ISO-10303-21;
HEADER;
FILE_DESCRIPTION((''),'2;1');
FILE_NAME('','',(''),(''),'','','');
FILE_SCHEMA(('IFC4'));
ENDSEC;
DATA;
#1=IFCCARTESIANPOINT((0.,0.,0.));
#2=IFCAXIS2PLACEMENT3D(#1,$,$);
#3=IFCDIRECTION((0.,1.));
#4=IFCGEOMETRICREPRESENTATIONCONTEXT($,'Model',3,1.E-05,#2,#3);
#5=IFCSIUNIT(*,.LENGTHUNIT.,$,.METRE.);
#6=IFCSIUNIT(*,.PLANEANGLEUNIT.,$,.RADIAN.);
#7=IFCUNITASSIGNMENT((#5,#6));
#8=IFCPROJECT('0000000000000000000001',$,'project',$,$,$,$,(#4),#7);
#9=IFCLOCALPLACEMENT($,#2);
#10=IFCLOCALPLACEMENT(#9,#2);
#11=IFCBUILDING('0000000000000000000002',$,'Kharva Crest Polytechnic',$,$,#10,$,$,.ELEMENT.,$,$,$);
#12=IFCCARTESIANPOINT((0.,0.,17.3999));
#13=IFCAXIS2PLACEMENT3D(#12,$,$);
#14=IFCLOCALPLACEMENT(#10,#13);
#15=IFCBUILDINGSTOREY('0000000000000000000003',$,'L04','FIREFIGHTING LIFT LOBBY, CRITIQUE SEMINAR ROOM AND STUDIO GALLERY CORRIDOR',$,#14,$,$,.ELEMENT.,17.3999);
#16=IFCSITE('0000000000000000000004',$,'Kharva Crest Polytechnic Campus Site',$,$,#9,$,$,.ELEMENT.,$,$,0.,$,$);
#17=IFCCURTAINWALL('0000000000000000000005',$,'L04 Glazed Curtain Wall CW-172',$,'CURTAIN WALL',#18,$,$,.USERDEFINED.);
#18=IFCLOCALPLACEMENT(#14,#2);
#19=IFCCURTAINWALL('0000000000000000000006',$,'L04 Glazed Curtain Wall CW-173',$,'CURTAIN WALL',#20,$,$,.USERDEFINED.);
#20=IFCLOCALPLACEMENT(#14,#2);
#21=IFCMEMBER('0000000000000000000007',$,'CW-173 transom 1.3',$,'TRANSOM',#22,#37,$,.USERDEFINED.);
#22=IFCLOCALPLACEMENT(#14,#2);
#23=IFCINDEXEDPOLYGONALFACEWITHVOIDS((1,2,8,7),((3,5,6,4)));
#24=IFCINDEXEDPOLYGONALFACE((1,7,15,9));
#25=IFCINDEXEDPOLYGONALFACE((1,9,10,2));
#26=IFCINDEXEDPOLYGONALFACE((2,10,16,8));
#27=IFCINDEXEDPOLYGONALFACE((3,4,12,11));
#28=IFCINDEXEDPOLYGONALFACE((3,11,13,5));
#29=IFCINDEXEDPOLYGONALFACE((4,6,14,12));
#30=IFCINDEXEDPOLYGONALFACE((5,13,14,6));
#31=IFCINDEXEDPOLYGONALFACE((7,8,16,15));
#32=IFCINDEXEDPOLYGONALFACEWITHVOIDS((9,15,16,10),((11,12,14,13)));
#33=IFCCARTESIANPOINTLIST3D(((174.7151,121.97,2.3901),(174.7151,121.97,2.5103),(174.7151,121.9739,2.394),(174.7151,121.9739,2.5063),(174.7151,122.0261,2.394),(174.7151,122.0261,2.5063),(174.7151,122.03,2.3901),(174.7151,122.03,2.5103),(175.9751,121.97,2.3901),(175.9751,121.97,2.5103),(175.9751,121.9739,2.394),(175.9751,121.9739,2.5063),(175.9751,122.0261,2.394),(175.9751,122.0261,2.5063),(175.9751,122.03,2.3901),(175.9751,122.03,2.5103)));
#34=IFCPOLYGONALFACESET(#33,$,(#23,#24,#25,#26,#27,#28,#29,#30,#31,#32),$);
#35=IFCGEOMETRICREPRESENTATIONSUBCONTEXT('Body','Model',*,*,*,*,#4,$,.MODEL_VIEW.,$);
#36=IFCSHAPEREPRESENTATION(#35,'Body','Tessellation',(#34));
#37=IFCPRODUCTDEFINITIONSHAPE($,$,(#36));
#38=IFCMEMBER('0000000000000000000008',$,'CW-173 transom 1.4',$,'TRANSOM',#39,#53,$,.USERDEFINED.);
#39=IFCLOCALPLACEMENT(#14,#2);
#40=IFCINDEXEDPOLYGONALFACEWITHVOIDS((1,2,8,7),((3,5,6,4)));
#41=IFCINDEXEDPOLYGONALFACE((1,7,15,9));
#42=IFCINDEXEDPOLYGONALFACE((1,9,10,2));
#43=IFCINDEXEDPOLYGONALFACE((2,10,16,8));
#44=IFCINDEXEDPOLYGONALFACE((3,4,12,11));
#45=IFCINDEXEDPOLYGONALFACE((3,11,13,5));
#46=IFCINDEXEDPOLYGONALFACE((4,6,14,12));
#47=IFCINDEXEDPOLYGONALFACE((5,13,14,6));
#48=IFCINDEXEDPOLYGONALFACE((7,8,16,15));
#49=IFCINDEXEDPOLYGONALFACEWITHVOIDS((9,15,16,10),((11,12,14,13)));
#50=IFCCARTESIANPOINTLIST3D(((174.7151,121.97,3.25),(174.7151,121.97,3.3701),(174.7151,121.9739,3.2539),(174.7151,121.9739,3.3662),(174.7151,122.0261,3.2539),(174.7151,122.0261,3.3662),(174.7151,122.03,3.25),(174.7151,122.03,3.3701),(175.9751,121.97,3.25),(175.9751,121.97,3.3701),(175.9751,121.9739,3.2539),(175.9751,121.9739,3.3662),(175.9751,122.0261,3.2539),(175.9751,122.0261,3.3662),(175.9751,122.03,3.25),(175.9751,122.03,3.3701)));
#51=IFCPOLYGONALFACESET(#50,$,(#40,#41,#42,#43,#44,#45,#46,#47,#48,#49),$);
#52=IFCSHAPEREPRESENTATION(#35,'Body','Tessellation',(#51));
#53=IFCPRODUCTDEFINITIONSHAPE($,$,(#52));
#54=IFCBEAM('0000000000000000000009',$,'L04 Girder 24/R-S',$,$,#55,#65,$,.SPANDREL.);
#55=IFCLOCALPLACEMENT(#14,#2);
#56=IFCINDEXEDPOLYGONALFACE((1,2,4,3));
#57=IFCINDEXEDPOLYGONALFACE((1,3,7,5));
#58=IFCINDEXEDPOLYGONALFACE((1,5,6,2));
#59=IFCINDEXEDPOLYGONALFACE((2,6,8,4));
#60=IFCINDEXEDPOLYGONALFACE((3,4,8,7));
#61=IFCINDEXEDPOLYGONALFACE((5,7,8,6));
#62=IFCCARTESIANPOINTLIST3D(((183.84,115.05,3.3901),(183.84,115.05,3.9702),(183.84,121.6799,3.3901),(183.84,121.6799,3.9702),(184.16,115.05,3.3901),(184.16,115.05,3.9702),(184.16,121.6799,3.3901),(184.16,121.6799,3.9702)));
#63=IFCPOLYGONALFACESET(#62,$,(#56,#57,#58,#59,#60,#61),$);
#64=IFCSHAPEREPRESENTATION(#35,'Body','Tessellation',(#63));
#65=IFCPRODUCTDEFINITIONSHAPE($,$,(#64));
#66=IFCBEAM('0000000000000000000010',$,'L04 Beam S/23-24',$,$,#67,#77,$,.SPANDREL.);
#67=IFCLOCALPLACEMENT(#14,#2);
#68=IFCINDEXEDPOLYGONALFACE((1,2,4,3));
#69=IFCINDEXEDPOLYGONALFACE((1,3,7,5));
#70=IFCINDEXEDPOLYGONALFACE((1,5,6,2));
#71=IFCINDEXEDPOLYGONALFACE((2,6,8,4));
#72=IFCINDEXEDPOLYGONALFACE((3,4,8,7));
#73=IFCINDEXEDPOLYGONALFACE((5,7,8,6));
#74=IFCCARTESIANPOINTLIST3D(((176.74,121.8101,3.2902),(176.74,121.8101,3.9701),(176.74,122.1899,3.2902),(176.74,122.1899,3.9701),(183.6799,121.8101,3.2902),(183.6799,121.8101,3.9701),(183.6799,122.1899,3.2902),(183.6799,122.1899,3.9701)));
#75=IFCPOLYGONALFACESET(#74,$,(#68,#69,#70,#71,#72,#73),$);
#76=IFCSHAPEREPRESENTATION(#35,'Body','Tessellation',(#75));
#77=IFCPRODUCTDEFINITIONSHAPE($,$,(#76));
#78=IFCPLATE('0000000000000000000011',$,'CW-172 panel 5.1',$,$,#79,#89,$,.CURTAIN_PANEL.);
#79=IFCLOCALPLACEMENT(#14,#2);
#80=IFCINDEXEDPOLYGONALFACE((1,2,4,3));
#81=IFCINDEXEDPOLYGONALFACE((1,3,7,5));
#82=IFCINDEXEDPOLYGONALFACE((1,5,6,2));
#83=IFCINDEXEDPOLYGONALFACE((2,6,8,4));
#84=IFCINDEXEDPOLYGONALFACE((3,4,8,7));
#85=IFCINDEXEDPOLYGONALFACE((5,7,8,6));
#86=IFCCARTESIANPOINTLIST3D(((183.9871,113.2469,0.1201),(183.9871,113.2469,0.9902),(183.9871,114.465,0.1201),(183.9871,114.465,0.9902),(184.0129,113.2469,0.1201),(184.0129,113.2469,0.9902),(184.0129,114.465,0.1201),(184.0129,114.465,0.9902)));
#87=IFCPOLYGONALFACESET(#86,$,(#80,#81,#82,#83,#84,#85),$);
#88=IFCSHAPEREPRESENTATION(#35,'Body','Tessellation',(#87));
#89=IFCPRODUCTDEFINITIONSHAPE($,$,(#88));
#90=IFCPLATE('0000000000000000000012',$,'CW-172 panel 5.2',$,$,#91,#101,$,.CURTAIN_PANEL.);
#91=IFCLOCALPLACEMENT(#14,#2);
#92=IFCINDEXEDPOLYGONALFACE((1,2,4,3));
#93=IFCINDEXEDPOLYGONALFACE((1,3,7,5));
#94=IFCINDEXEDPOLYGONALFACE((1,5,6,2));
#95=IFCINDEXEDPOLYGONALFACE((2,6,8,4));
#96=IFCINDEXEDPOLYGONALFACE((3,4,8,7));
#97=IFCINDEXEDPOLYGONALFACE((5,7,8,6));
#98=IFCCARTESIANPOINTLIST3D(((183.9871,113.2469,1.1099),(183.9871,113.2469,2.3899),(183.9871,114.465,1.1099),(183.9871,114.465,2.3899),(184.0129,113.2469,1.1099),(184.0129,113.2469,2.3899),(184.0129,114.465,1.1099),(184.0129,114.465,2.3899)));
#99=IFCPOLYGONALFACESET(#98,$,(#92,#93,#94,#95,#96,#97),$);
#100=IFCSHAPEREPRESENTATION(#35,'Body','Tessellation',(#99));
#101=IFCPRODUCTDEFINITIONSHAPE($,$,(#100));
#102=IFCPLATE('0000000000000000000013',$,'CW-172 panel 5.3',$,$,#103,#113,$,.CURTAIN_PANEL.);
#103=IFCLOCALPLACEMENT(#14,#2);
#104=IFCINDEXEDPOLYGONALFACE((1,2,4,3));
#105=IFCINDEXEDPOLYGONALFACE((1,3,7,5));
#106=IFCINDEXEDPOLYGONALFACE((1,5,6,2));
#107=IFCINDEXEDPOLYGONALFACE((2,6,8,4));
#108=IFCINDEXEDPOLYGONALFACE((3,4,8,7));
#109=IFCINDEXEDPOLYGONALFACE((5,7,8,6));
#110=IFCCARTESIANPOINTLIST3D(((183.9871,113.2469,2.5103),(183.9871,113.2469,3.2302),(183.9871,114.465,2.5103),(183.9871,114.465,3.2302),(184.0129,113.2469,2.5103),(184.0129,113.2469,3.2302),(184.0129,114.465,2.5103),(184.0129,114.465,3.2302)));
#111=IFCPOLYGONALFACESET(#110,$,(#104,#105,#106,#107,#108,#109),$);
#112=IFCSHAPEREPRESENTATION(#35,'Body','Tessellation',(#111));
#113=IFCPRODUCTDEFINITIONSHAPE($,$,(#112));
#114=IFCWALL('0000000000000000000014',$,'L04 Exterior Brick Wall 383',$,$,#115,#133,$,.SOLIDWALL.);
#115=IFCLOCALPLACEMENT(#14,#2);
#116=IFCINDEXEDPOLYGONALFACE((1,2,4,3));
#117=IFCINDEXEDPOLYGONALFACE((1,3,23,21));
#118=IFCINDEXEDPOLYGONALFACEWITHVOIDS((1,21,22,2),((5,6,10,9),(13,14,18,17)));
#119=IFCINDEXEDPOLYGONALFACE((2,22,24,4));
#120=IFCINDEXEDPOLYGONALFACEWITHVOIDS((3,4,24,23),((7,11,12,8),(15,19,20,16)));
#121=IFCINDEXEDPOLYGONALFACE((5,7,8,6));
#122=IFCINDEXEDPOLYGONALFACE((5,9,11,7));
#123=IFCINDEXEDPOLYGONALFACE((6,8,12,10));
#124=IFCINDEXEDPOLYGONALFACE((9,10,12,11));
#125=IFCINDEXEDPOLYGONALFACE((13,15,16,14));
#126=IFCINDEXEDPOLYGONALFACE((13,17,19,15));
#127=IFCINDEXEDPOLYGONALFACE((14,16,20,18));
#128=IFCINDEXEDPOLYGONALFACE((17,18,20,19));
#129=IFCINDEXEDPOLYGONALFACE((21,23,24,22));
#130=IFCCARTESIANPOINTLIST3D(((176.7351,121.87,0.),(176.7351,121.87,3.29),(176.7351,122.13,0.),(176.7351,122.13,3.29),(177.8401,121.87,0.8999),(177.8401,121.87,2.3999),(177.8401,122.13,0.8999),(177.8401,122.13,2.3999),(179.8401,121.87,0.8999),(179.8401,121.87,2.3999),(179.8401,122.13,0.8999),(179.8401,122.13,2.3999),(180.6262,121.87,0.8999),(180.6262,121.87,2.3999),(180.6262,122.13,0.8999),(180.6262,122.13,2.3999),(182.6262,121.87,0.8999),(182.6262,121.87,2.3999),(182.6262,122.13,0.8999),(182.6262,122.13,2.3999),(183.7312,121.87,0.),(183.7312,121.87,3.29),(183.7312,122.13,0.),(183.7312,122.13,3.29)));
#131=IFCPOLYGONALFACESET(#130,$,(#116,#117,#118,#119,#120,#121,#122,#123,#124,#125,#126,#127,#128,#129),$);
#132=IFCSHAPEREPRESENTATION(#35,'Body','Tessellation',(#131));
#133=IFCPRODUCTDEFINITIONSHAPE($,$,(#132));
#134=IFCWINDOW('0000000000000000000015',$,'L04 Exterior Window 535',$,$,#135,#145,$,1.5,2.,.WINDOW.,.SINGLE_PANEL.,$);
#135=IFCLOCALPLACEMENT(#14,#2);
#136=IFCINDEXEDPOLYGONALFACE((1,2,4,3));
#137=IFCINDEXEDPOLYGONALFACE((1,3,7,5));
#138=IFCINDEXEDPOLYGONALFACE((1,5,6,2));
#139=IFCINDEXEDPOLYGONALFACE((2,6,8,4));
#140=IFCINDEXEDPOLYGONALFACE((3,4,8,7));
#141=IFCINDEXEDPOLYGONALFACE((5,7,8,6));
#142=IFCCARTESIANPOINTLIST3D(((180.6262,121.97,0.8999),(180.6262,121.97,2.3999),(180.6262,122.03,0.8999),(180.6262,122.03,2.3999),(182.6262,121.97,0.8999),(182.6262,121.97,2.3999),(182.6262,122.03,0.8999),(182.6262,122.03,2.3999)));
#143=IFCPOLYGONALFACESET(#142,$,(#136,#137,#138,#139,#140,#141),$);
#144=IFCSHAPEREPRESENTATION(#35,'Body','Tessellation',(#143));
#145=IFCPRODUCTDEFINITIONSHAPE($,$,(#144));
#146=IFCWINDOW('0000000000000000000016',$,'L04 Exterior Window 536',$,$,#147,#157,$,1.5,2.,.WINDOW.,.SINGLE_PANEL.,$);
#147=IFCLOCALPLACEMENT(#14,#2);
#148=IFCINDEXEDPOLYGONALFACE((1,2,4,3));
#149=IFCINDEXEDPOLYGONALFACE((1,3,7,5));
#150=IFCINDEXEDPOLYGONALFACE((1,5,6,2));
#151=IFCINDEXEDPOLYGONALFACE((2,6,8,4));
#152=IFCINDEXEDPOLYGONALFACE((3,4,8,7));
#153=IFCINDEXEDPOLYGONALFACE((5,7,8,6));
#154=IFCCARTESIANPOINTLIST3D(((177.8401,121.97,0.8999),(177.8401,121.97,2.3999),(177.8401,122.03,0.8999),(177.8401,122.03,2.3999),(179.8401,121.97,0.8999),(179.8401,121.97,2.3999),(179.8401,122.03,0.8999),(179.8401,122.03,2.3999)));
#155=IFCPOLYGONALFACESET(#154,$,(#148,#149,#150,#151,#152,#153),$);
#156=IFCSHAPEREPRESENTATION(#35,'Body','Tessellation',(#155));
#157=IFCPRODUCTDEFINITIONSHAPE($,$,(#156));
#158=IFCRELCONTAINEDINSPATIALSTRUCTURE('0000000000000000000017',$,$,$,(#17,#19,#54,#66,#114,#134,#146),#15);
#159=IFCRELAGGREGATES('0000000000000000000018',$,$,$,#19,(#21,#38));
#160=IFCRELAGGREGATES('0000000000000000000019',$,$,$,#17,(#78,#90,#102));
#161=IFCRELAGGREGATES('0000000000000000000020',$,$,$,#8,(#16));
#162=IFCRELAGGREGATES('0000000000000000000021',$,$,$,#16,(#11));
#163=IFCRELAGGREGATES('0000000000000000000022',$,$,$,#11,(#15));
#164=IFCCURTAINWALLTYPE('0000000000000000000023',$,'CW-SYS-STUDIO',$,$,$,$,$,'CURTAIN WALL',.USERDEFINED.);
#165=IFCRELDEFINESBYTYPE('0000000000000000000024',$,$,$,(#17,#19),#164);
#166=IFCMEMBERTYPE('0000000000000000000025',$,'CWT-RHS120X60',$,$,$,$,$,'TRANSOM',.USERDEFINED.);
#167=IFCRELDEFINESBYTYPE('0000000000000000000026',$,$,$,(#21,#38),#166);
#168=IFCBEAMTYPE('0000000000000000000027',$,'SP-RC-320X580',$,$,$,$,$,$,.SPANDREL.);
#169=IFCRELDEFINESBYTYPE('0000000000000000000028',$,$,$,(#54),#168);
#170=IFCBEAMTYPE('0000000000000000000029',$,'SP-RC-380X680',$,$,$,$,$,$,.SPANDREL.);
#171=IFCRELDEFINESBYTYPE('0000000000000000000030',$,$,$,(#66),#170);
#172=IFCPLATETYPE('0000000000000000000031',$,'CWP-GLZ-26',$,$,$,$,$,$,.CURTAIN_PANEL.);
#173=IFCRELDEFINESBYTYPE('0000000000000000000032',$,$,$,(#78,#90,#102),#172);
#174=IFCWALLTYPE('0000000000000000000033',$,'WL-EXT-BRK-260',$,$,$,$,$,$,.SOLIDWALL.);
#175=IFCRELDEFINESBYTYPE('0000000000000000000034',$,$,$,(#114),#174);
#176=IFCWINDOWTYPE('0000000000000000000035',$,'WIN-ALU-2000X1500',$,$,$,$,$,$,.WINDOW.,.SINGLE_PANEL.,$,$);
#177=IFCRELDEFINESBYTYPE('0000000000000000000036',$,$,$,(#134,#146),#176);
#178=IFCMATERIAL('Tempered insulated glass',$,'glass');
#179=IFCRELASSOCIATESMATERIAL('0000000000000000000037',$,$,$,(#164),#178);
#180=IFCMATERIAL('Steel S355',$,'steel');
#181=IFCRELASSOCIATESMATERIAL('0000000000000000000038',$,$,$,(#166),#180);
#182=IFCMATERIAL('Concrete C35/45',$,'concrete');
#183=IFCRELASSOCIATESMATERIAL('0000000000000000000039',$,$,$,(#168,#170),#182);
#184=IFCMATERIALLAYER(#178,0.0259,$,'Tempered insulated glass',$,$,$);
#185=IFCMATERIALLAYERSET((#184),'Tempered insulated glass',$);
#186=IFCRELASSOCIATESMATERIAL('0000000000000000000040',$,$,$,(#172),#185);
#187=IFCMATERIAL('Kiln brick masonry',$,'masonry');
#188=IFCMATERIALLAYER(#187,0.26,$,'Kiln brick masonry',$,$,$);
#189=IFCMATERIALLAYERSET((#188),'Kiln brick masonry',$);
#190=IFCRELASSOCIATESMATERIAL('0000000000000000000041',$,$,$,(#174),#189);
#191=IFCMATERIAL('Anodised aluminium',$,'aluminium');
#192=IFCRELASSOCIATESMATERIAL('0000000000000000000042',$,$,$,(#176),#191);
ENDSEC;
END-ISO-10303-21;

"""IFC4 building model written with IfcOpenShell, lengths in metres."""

from ifc_helpers import new_model, si_unit, direction, frame, frame_2d, origin, origin_2d, place, context, subcontext, project, spatial, rectangle, hollow_rectangle, extrude, material, layer, layer_set, material_profile, profile_set, type_object, element, fill, aggregate, save


model = new_model("IFC4")

# Units and contexts
model_context = context("Model", 3, precision=1e-05, world=origin(), true_north=direction((0.0, 1.0)))
body_context = subcontext(model_context, "Body", "Model", "MODEL_VIEW")
ifc_project = project(units=[si_unit("LENGTHUNIT", "METRE"), si_unit("PLANEANGLEUNIT", "RADIAN")], contexts=[model_context])

# Site, building, storey
site_placement = place(None, origin())
site = spatial("IfcSite", under=ifc_project, at=site_placement, Name="Kharva Crest Polytechnic Campus Site", CompositionType="ELEMENT", RefElevation=0.0)
building_placement = place(site_placement, origin())
building = spatial("IfcBuilding", under=site, at=building_placement, Name="Kharva Crest Polytechnic", CompositionType="ELEMENT")
storey_placement = place(building_placement, frame((0.0, 0.0, 17.3999)))
storey = spatial("IfcBuildingStorey", under=building, at=storey_placement, Name="L04", Description="FIREFIGHTING LIFT LOBBY, CRITIQUE SEMINAR ROOM AND STUDIO GALLERY CORRIDOR", CompositionType="ELEMENT", Elevation=17.3999)

# Shared definitions
ifc_material_1 = material(Name="Concrete C35/45", Category="concrete")

# Curtain walls
ifc_material_2 = material(Name="Tempered insulated glass", Category="glass")
curtain_wall_type = type_object("IfcCurtainWallType", Name="CW-SYS-STUDIO", ElementType="CURTAIN WALL", PredefinedType="USERDEFINED", material=ifc_material_2)
curtain_wall_1_placement = place(storey_placement, origin())
curtain_wall_1 = element("IfcCurtainWall", 1, at=curtain_wall_1_placement, inside=storey, type_object=curtain_wall_type, Name="L04 Glazed Curtain Wall CW-172", ObjectType="CURTAIN WALL", PredefinedType="USERDEFINED")
ifc_material_3 = material(Name="Steel S355", Category="steel")
curtain_wall_2_placement = place(storey_placement, origin())
curtain_wall_2 = element("IfcCurtainWall", 2, at=curtain_wall_2_placement, inside=storey, type_object=curtain_wall_type, Name="L04 Glazed Curtain Wall CW-173", ObjectType="CURTAIN WALL", PredefinedType="USERDEFINED")

# Members
ifc_material_profile_1 = material_profile(ifc_material_3, hollow_rectangle(XDim=0.0601, YDim=0.1201, WallThickness=0.0039, at=origin_2d()), Name="RHS 120X60X4.0")
ifc_profile_set_1 = profile_set([ifc_material_profile_1], Name="Steel S355")
member_type_1 = type_object("IfcMemberType", Name="CWT-RHS120X60", ElementType="TRANSOM", PredefinedType="USERDEFINED", material=ifc_profile_set_1)
member_1_placement = place(storey_placement, frame((175.9751, 122.0, 2.4502), z_axis=(-1.0, 0.0, 0.0), x_axis=(0.0, -1.0, 0.0)))
member_1 = element("IfcMember", 3, at=member_1_placement, type_object=member_type_1, Name="CW-173 transom 1.3", ObjectType="TRANSOM", PredefinedType="USERDEFINED", context=body_context, shape_type="SweptSolid", body=[
    extrude(hollow_rectangle(XDim=0.0601, YDim=0.1201, WallThickness=0.0039, at=origin_2d()), origin(), (0.0, 0.0, 1.0), 1.26),
])
member_2_placement = place(storey_placement, frame((175.9751, 122.0, 3.3101), z_axis=(-1.0, 0.0, 0.0), x_axis=(0.0, -1.0, 0.0)))
member_2 = element("IfcMember", 4, at=member_2_placement, type_object=member_type_1, Name="CW-173 transom 1.4", ObjectType="TRANSOM", PredefinedType="USERDEFINED", context=body_context, shape_type="SweptSolid", body=[
    extrude(hollow_rectangle(XDim=0.0601, YDim=0.1201, WallThickness=0.0039, at=origin_2d()), origin(), (0.0, 0.0, 1.0), 1.26),
])
aggregate(curtain_wall_2, [member_1, member_2])

# Beams
ifc_material_profile_2 = material_profile(ifc_material_1, rectangle(XDim=0.3201, YDim=0.5801, at=origin_2d()), Name="RECT 320 X 580")
ifc_profile_set_2 = profile_set([ifc_material_profile_2], Name="Concrete C35/45")
beam_type_1 = type_object("IfcBeamType", Name="SP-RC-320X580", PredefinedType="SPANDREL", material=ifc_profile_set_2)
beam_1_placement = place(storey_placement, frame((184.0, 115.05, 3.6802), z_axis=(0.0, 1.0, 0.0), x_axis=(-1.0, 0.0, 0.0)))
element("IfcBeam", 5, at=beam_1_placement, inside=storey, type_object=beam_type_1, Name="L04 Girder 24/R-S", PredefinedType="SPANDREL", context=body_context, shape_type="SweptSolid", body=[
    extrude(rectangle(XDim=0.3201, YDim=0.5801, at=origin_2d()), origin(), (0.0, 0.0, 1.0), 6.6299),
])
ifc_material_profile_3 = material_profile(ifc_material_1, rectangle(XDim=0.3799, YDim=0.6799, at=origin_2d()), Name="RECT 380 X 680")
ifc_profile_set_3 = profile_set([ifc_material_profile_3], Name="Concrete C35/45")
beam_type_2 = type_object("IfcBeamType", Name="SP-RC-380X680", PredefinedType="SPANDREL", material=ifc_profile_set_3)
beam_2_placement = place(storey_placement, frame((176.74, 122.0, 3.6301), z_axis=(1.0, 0.0, 0.0), x_axis=(0.0, 1.0, 0.0)))
element("IfcBeam", 6, at=beam_2_placement, inside=storey, type_object=beam_type_2, Name="L04 Beam S/23-24", PredefinedType="SPANDREL", context=body_context, shape_type="SweptSolid", body=[
    extrude(rectangle(XDim=0.3799, YDim=0.6799, at=origin_2d()), origin(), (0.0, 0.0, 1.0), 6.9399),
])

# Plates
ifc_layer_1 = layer(ifc_material_2, 0.0259, Name="Tempered insulated glass")
ifc_layer_set_1 = layer_set([ifc_layer_1], Name="Tempered insulated glass")
plate_type = type_object("IfcPlateType", Name="CWP-GLZ-26", PredefinedType="CURTAIN_PANEL", material=ifc_layer_set_1)
plate_1_placement = place(storey_placement, frame((184.0, 113.856, 0.1201), z_axis=(0.0, 0.0, 1.0), x_axis=(0.0, 1.0, 0.0)))
plate_1 = element("IfcPlate", 7, at=plate_1_placement, type_object=plate_type, Name="CW-172 panel 5.1", PredefinedType="CURTAIN_PANEL", context=body_context, shape_type="SweptSolid", body=[
    extrude(rectangle(XDim=1.218, YDim=0.0259, at=origin_2d()), origin(), (0.0, 0.0, 1.0), 0.8701),
])
plate_2_placement = place(storey_placement, frame((184.0, 113.856, 1.1099), z_axis=(0.0, 0.0, 1.0), x_axis=(0.0, 1.0, 0.0)))
plate_2 = element("IfcPlate", 8, at=plate_2_placement, type_object=plate_type, Name="CW-172 panel 5.2", PredefinedType="CURTAIN_PANEL", context=body_context, shape_type="SweptSolid", body=[
    extrude(rectangle(XDim=1.218, YDim=0.0259, at=origin_2d()), origin(), (0.0, 0.0, 1.0), 1.28),
])
plate_3_placement = place(storey_placement, frame((184.0, 113.856, 2.5103), z_axis=(0.0, 0.0, 1.0), x_axis=(0.0, 1.0, 0.0)))
plate_3 = element("IfcPlate", 9, at=plate_3_placement, type_object=plate_type, Name="CW-172 panel 5.3", PredefinedType="CURTAIN_PANEL", context=body_context, shape_type="SweptSolid", body=[
    extrude(rectangle(XDim=1.218, YDim=0.0259, at=origin_2d()), origin(), (0.0, 0.0, 1.0), 0.72),
])
aggregate(curtain_wall_1, [plate_1, plate_2, plate_3])

# Wall, openings, windows
ifc_material_4 = material(Name="Kiln brick masonry", Category="masonry")
ifc_layer_2 = layer(ifc_material_4, 0.26, Name="Kiln brick masonry")
ifc_layer_set_2 = layer_set([ifc_layer_2], Name="Kiln brick masonry")
wall_type_1 = type_object("IfcWallType", Name="WL-EXT-BRK-260", PredefinedType="SOLIDWALL", material=ifc_layer_set_2)
wall_1_placement = place(storey_placement, frame((183.7312, 122.0, 0.0), z_axis=(0.0, 0.0, 1.0), x_axis=(-1.0, 0.0, 0.0)))
wall_1 = element("IfcWall", 10, at=wall_1_placement, inside=storey, type_object=wall_type_1, Name="L04 Exterior Brick Wall 383", PredefinedType="SOLIDWALL", context=body_context, shape_type="SweptSolid", body=[
    extrude(rectangle(XDim=6.9961, YDim=0.26, at=frame_2d((3.498, 0.0))), origin(), (0.0, 0.0, 1.0), 3.29),
])
opening_1_placement = place(wall_1_placement, frame((1.105, 0.0, 0.8999)))
opening_1 = element("IfcOpeningElement", 11, at=opening_1_placement, cuts=wall_1, PredefinedType="OPENING", context=body_context, shape_type="SweptSolid", body=[
    extrude(rectangle(XDim=2.0, YDim=1.5, at=frame_2d((1.0, 0.75))), frame((0.0, 0.1399, 0.0), z_axis=(0.0, -1.0, 0.0), x_axis=(1.0, 0.0, 0.0)), (0.0, 0.0, 1.0), 0.28),
])
opening_2_placement = place(wall_1_placement, frame((3.8911, 0.0, 0.8999)))
opening_2 = element("IfcOpeningElement", 12, at=opening_2_placement, cuts=wall_1, PredefinedType="OPENING", context=body_context, shape_type="SweptSolid", body=[
    extrude(rectangle(XDim=2.0, YDim=1.5, at=frame_2d((1.0, 0.75))), frame((0.0, 0.1399, 0.0), z_axis=(0.0, -1.0, 0.0), x_axis=(1.0, 0.0, 0.0)), (0.0, 0.0, 1.0), 0.28),
])
ifc_material_5 = material(Name="Anodised aluminium", Category="aluminium")
window_type_1 = type_object("IfcWindowType", Name="WIN-ALU-2000X1500", PartitioningType="SINGLE_PANEL", PredefinedType="WINDOW", material=ifc_material_5)
window_1_placement = place(opening_1_placement, origin())
window_1 = element("IfcWindow", 13, at=window_1_placement, inside=storey, type_object=window_type_1, Name="L04 Exterior Window 535", OverallHeight=1.5, OverallWidth=2.0, PartitioningType="SINGLE_PANEL", PredefinedType="WINDOW", context=body_context, shape_type="SweptSolid", body=[
    extrude(rectangle(XDim=2.0, YDim=1.5, at=frame_2d((1.0, 0.75))), frame((0.0, 0.03, 0.0), z_axis=(0.0, -1.0, 0.0), x_axis=(1.0, 0.0, 0.0)), (0.0, 0.0, 1.0), 0.0601),
])
fill(opening_1, window_1)
window_2_placement = place(opening_2_placement, origin())
window_2 = element("IfcWindow", 14, at=window_2_placement, inside=storey, type_object=window_type_1, Name="L04 Exterior Window 536", OverallHeight=1.5, OverallWidth=2.0, PartitioningType="SINGLE_PANEL", PredefinedType="WINDOW", context=body_context, shape_type="SweptSolid", body=[
    extrude(rectangle(XDim=2.0, YDim=1.5, at=frame_2d((1.0, 0.75))), frame((0.0, 0.03, 0.0), z_axis=(0.0, -1.0, 0.0), x_axis=(1.0, 0.0, 0.0)), (0.0, 0.0, 1.0), 0.0601),
])
fill(opening_2, window_2)

save(model, "model.ifc")
